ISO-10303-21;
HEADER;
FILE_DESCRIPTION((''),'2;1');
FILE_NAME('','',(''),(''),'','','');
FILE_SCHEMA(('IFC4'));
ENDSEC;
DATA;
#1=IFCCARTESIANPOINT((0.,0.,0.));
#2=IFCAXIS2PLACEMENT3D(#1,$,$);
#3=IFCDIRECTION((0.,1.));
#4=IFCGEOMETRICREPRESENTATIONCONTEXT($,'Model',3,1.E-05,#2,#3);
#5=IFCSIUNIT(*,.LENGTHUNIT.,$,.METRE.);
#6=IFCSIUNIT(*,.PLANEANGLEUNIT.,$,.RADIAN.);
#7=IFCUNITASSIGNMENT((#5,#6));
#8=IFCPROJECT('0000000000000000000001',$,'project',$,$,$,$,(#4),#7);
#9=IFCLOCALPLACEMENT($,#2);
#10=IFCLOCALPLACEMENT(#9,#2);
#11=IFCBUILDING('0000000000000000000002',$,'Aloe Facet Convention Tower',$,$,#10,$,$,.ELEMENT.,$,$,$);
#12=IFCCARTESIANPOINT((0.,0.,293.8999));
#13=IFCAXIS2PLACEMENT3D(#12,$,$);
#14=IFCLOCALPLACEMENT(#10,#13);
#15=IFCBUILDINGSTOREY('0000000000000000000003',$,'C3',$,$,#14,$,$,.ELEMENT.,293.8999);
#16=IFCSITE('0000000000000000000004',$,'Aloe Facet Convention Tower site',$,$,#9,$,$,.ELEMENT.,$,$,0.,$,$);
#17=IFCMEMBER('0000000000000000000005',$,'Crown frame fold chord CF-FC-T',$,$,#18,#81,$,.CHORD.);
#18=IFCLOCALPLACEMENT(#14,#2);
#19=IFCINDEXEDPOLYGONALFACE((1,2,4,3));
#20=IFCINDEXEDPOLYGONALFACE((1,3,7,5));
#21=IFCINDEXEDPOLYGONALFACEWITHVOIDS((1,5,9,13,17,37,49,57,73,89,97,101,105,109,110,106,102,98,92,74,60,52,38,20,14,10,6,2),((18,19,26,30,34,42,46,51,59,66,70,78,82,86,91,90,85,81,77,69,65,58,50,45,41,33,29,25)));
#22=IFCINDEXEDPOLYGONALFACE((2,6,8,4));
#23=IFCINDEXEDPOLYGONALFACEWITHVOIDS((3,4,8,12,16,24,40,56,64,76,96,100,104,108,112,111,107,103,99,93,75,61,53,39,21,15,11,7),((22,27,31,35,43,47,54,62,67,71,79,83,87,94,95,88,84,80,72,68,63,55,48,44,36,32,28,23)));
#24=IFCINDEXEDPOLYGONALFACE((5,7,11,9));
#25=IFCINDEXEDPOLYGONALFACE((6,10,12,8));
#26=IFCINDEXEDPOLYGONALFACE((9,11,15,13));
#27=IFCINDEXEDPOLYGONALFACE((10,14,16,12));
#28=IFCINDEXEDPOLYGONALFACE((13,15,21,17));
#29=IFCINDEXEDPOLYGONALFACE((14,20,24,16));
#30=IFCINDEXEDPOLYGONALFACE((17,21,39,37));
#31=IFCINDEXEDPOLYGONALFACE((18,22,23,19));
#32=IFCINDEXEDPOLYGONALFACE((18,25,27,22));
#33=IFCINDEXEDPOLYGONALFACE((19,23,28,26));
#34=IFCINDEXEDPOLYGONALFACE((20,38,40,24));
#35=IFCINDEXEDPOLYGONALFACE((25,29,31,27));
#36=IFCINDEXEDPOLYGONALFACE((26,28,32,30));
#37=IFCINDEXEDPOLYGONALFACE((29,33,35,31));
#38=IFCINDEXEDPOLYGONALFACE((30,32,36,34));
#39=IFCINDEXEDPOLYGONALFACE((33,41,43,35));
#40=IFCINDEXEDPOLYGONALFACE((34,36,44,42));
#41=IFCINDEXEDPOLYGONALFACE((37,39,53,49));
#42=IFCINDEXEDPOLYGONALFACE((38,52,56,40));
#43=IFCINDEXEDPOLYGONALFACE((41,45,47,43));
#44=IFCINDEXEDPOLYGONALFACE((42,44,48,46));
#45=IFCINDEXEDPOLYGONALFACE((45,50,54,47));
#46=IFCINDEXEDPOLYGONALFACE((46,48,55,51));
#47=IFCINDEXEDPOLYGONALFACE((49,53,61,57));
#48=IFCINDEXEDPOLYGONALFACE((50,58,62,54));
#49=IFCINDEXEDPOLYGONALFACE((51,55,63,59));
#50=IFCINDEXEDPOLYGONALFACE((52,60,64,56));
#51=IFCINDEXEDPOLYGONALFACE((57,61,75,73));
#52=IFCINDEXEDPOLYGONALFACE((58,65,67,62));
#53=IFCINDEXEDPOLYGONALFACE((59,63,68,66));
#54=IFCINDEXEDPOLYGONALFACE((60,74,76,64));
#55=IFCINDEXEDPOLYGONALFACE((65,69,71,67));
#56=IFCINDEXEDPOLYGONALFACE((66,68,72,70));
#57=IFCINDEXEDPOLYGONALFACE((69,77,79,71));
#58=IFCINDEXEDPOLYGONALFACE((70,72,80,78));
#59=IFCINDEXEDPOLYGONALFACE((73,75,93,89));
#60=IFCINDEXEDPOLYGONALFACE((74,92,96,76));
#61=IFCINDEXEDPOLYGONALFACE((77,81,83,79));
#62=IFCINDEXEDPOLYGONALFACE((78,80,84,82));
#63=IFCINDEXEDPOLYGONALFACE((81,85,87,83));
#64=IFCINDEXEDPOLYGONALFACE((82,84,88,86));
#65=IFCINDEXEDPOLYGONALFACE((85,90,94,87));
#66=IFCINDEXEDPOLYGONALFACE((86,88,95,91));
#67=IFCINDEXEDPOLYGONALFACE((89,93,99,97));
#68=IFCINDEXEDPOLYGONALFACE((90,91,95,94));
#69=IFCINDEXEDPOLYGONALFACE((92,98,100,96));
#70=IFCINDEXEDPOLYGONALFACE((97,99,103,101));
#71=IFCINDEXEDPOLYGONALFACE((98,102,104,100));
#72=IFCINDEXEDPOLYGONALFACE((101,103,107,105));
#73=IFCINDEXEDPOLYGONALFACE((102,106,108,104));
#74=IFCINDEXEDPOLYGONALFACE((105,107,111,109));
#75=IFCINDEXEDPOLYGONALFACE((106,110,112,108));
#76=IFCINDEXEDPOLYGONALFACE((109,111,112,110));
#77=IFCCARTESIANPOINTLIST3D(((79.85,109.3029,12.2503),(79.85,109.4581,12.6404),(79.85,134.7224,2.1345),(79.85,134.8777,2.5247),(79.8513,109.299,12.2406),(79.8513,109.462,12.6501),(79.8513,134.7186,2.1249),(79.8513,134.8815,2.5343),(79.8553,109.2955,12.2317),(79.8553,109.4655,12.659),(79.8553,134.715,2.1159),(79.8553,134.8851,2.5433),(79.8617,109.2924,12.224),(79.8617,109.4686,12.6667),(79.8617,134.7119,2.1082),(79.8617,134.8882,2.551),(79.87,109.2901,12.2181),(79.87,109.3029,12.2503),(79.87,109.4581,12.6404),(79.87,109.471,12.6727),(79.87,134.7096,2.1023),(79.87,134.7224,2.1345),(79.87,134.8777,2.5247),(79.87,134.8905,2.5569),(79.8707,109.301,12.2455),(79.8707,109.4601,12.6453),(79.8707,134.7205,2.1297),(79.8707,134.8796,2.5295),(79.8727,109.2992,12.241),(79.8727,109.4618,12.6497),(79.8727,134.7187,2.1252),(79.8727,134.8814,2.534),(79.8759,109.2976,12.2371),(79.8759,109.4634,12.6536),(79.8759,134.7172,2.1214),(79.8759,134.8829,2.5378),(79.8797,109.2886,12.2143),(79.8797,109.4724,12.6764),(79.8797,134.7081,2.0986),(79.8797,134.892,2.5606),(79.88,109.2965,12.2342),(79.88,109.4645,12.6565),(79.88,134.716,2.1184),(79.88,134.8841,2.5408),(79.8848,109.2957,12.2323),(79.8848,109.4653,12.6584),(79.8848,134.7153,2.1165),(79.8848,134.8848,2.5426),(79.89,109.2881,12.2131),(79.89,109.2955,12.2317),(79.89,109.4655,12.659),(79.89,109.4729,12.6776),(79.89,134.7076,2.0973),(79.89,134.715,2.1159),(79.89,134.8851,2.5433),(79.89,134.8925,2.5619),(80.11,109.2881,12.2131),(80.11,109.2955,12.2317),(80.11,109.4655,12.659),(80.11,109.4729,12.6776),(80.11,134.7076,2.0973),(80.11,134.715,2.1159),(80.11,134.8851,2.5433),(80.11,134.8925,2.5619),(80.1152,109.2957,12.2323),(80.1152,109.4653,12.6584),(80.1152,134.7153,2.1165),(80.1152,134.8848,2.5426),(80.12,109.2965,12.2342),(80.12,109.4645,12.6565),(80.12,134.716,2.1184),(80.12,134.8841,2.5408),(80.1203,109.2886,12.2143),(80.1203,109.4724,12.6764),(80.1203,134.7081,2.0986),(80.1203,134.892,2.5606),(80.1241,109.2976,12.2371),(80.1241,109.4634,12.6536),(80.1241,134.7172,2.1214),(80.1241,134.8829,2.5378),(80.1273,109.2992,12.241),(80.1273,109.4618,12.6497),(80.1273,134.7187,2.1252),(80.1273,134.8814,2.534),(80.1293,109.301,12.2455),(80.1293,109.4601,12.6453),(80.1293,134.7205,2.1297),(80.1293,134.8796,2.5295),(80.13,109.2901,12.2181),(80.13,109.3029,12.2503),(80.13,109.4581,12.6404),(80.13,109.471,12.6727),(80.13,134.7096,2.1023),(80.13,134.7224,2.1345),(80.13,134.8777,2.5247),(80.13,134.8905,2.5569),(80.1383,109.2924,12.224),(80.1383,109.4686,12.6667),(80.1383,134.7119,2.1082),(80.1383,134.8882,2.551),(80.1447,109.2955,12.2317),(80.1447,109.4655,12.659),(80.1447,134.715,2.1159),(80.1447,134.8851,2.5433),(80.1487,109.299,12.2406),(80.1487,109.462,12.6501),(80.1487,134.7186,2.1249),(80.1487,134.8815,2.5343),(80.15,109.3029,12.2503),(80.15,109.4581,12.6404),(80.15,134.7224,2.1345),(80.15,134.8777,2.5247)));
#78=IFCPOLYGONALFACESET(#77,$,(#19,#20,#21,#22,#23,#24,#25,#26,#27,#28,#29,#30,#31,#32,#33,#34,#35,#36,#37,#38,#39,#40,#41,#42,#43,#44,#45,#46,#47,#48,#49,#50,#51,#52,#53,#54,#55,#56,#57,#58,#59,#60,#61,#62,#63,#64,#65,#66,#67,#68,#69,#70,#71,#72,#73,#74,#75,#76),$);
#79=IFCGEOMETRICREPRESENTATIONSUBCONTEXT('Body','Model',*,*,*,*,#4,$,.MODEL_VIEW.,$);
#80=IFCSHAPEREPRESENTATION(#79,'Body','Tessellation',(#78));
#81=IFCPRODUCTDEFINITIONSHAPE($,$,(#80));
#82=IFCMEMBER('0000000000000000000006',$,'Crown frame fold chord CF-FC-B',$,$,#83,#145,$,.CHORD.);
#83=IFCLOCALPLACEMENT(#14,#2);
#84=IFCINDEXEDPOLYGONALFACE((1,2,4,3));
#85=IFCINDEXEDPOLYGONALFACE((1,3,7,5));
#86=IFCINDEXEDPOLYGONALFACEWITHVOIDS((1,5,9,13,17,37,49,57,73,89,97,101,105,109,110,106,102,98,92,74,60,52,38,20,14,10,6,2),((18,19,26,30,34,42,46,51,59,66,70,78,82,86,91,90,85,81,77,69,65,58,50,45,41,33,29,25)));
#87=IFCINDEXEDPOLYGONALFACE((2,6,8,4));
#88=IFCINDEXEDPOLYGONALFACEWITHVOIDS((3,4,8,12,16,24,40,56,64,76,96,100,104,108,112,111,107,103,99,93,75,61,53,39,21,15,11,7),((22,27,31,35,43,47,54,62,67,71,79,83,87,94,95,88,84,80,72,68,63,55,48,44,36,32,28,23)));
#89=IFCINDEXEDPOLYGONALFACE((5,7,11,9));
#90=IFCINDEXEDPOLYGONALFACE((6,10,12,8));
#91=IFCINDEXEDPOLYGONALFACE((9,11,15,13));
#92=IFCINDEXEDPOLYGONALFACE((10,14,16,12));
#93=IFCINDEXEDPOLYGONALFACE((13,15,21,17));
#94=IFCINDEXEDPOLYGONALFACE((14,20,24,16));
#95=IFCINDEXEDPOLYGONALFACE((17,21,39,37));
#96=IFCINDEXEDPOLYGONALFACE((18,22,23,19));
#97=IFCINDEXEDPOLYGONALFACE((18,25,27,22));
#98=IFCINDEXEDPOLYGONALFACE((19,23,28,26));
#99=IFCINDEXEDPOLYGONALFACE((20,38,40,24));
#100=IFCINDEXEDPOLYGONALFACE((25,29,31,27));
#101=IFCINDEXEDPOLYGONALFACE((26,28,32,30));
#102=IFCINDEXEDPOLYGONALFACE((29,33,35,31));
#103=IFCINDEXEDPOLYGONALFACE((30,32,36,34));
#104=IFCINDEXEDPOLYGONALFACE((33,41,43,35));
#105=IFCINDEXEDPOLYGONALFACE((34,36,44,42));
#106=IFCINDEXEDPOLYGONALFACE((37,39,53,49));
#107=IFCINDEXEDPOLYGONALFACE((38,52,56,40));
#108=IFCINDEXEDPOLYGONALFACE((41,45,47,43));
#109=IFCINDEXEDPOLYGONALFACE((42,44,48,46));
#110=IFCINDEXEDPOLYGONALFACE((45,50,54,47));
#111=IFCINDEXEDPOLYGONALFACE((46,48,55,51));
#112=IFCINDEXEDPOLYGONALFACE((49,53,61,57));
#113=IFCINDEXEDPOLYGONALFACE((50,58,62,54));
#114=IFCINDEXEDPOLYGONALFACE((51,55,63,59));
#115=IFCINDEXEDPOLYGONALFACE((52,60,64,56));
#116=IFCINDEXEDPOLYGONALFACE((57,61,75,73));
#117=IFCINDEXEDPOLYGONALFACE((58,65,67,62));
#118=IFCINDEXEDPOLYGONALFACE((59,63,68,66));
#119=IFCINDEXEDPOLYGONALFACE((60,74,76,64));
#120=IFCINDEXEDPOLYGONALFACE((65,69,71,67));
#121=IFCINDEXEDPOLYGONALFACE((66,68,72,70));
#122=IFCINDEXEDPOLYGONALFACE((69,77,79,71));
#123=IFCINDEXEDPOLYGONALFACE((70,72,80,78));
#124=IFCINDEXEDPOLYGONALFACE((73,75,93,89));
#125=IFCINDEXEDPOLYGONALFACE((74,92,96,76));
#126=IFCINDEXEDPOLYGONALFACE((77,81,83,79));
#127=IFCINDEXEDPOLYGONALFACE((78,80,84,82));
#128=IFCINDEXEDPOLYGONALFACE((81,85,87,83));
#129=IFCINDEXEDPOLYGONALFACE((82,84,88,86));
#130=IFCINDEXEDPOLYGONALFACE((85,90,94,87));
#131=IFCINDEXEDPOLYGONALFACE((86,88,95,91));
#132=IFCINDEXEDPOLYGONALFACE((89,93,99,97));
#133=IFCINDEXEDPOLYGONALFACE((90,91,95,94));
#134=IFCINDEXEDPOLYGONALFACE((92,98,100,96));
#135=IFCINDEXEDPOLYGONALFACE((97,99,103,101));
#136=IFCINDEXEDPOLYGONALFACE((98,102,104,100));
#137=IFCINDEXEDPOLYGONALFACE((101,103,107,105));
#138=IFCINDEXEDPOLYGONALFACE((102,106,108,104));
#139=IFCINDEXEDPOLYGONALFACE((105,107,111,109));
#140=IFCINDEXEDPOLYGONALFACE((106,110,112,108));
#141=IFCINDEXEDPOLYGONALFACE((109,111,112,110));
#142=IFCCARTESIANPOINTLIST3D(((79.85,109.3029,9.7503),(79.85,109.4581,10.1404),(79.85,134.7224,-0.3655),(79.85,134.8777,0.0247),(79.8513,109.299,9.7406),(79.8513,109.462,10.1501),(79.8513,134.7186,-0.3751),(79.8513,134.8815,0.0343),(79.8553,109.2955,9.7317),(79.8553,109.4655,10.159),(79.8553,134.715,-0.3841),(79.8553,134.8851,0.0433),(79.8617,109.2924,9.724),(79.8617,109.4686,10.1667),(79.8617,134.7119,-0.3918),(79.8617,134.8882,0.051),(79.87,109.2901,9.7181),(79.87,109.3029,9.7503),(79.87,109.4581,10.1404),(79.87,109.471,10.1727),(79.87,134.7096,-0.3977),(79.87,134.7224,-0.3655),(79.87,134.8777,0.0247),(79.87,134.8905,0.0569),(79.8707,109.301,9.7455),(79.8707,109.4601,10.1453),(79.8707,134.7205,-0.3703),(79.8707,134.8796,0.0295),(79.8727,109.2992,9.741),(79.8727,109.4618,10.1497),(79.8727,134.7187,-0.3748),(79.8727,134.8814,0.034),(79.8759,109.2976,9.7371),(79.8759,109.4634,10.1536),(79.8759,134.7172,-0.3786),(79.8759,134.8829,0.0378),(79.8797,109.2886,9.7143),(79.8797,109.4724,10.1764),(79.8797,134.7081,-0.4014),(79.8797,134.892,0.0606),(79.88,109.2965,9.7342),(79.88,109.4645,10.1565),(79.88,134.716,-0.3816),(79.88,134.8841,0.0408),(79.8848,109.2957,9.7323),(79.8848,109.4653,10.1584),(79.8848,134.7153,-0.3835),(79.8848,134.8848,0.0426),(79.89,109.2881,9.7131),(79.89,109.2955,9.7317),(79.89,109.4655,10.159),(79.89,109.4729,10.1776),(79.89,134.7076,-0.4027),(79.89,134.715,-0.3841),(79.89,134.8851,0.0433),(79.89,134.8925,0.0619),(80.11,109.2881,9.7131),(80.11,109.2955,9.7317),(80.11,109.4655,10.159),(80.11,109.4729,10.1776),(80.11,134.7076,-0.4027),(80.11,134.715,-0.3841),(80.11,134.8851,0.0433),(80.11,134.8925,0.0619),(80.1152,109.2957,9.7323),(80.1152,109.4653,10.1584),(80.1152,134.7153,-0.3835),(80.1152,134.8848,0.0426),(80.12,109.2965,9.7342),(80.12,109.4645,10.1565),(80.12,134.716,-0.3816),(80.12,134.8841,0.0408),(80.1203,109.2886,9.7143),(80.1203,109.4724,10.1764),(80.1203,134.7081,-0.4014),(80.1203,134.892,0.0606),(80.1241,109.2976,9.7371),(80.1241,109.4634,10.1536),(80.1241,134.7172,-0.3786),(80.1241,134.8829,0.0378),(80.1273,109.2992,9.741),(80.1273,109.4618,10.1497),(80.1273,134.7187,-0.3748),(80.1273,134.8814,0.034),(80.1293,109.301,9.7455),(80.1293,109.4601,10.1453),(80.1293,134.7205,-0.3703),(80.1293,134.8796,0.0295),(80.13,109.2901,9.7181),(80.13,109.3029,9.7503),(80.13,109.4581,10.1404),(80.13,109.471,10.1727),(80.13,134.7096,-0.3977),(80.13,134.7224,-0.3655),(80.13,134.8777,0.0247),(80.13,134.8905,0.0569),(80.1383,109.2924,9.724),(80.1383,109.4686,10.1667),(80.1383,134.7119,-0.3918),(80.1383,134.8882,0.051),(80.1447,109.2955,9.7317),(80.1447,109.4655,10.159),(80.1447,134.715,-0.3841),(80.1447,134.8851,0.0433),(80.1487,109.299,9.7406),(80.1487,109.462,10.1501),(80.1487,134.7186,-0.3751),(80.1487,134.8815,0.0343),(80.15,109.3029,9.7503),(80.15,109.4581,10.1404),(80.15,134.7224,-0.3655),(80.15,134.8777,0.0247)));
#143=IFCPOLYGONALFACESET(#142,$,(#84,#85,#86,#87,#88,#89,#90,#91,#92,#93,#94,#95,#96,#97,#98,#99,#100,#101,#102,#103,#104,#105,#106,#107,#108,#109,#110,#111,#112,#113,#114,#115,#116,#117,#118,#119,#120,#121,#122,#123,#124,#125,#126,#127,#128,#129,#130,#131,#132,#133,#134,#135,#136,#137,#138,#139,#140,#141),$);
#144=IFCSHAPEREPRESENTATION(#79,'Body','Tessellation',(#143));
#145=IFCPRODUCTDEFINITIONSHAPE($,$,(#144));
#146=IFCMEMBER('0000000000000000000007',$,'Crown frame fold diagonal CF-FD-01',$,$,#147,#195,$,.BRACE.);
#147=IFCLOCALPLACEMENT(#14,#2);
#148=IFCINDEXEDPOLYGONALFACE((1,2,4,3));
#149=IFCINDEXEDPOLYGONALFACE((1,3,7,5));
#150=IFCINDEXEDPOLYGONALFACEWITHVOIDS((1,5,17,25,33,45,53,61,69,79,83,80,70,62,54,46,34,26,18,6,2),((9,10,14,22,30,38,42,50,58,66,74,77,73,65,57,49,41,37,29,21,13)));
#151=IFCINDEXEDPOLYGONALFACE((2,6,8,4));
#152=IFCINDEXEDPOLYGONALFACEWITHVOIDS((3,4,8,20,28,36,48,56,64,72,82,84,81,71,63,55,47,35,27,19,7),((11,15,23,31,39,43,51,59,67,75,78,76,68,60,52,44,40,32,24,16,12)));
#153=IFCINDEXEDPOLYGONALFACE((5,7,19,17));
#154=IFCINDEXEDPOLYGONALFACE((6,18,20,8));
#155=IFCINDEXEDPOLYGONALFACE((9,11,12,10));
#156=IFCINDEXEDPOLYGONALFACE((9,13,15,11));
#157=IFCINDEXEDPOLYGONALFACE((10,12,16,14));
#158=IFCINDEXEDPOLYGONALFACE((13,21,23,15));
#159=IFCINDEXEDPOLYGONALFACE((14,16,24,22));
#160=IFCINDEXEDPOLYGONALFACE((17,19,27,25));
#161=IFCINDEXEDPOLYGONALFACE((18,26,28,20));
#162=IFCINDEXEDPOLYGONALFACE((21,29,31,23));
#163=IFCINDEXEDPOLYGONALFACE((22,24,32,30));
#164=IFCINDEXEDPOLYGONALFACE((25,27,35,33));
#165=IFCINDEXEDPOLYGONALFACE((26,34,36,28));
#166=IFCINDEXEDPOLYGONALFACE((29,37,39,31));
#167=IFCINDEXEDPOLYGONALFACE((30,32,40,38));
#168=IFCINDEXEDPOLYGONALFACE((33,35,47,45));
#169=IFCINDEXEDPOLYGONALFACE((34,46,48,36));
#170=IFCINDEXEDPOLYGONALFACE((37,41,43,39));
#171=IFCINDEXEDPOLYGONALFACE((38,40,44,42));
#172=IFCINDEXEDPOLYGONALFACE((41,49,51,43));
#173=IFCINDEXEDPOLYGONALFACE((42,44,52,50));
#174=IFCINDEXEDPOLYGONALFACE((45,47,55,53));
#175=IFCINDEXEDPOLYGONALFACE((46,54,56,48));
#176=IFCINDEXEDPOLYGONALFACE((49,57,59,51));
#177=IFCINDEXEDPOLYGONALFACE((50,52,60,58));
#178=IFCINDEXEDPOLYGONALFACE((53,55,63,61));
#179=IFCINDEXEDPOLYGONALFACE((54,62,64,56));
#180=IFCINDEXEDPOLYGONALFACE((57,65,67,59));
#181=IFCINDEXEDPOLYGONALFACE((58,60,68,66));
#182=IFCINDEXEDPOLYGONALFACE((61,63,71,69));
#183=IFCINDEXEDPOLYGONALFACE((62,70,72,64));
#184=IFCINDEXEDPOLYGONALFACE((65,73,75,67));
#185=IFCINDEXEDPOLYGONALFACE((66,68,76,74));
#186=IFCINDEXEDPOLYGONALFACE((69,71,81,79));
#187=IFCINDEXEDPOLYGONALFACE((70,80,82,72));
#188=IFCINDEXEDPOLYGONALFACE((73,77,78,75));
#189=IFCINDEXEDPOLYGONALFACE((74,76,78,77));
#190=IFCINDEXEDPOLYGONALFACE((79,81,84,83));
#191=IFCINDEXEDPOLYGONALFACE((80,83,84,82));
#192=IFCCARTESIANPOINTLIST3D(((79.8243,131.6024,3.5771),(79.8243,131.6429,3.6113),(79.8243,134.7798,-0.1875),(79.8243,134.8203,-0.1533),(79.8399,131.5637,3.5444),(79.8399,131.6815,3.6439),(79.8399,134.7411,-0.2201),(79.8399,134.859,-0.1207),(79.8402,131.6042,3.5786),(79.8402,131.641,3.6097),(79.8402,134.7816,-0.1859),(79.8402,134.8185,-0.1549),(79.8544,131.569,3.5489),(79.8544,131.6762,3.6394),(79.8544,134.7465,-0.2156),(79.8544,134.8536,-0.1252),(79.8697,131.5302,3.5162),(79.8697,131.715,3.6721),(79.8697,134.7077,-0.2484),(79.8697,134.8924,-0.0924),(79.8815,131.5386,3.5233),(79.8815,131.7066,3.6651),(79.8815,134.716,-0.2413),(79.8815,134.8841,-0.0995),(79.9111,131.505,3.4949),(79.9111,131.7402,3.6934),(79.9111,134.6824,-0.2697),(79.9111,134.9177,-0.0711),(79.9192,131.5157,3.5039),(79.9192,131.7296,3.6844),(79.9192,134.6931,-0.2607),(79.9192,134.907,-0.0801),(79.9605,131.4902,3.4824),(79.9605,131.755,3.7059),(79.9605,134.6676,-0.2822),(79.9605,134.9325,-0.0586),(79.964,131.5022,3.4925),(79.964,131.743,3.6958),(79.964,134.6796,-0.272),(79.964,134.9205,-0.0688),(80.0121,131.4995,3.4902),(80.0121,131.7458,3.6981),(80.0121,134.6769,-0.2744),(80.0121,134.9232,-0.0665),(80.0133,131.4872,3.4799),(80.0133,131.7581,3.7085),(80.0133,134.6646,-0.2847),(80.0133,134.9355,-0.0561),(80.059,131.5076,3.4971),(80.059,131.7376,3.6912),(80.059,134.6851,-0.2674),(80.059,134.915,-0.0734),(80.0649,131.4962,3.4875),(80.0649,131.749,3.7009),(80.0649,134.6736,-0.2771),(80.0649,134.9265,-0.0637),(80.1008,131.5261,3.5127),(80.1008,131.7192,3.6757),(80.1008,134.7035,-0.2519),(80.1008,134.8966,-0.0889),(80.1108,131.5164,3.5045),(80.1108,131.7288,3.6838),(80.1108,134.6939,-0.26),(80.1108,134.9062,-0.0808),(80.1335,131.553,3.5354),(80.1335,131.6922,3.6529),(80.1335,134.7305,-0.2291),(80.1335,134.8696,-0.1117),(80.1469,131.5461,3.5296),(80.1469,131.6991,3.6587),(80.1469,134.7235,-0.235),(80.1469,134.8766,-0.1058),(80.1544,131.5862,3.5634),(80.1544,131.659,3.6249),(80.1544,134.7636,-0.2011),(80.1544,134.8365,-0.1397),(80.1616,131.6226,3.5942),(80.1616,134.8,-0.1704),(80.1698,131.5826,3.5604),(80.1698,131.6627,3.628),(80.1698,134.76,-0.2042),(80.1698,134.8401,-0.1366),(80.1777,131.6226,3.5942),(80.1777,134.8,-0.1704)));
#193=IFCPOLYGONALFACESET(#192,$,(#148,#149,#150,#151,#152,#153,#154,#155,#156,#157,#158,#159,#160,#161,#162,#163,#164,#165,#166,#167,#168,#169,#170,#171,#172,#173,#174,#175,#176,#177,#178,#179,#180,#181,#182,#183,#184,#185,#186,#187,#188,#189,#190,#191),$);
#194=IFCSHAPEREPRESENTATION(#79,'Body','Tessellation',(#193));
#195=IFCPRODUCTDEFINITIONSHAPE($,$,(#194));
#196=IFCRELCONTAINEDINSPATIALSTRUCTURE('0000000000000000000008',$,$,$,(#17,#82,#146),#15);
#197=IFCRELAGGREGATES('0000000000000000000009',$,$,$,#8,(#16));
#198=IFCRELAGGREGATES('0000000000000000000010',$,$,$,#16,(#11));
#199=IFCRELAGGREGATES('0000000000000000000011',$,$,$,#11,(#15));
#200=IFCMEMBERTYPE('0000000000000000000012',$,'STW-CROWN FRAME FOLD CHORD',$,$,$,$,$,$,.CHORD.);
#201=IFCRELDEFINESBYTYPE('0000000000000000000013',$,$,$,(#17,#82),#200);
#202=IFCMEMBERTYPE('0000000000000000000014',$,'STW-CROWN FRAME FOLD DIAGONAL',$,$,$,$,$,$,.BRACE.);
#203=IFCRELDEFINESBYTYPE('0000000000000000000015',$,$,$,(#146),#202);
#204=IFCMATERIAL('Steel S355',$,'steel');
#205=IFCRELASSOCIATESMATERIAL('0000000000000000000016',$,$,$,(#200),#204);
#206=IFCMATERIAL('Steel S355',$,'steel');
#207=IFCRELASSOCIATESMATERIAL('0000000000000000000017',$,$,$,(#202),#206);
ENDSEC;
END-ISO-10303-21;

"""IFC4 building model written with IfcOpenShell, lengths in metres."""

from ifc_helpers import new_model, si_unit, direction, frame, origin, origin_2d, place, context, subcontext, project, spatial, hollow_rectangle, hollow_circle, extrude, material, material_profile, profile_set, type_object, element, save


model = new_model("IFC4")

# Units and contexts
model_context = context("Model", 3, precision=1e-05, world=origin(), true_north=direction((0.0, 1.0)))
body_context = subcontext(model_context, "Body", "Model", "MODEL_VIEW")
ifc_project = project(units=[si_unit("LENGTHUNIT", "METRE"), si_unit("PLANEANGLEUNIT", "RADIAN")], contexts=[model_context])

# Site, building, storey
site_placement = place(None, origin())
site = spatial("IfcSite", under=ifc_project, at=site_placement, Name="Aloe Facet Convention Tower site", CompositionType="ELEMENT", RefElevation=0.0)
building_placement = place(site_placement, origin())
building = spatial("IfcBuilding", under=site, at=building_placement, Name="Aloe Facet Convention Tower", CompositionType="ELEMENT")
storey_placement = place(building_placement, frame((0.0, 0.0, 293.8999)))
storey = spatial("IfcBuildingStorey", under=building, at=storey_placement, Name="C3", CompositionType="ELEMENT", Elevation=293.8999)

# Members
ifc_material_1 = material(Name="Steel S355", Category="steel")
ifc_material_profile_1 = material_profile(ifc_material_1, hollow_rectangle(XDim=0.3, YDim=0.5, WallThickness=0.02, InnerFilletRadius=0.02, OuterFilletRadius=0.04, at=origin_2d()), Name="RHS 500x300x20")
ifc_profile_set_1 = profile_set([ifc_material_profile_1], Name="Steel S355")
member_type_1 = type_object("IfcMemberType", Name="STW-CROWN FRAME FOLD CHORD", PredefinedType="CHORD", material=ifc_profile_set_1)
for number, where, z_axis, x_axis, name in (
    (1, (80.0, 134.8, 2.3296), (0.0, -0.929131, 0.36975), (1.0, 0.0, 0.0), "Crown frame fold chord CF-FC-T"),
    (2, (80.0, 134.8, -0.1704), (0.0, -0.929131, 0.36975), (1.0, 0.0, 0.0), "Crown frame fold chord CF-FC-B"),
):
    element("IfcMember", number, at=place(storey_placement, frame(where, z_axis=z_axis, x_axis=x_axis)), inside=storey, type_object=member_type_1, Name=name, PredefinedType="CHORD", context=body_context, shape_type="SweptSolid", body=[
        extrude(hollow_rectangle(XDim=0.3, YDim=0.5, WallThickness=0.02, InnerFilletRadius=0.02, OuterFilletRadius=0.04, at=origin_2d()), origin(), (0.0, 0.0, 1.0), 27.3584),
    ])
ifc_material_2 = material(Name="Steel S355", Category="steel")
ifc_material_profile_2 = material_profile(ifc_material_2, hollow_circle(Radius=0.1777, WallThickness=0.0161, at=origin_2d()), Name="CHS 355.6x16")
ifc_profile_set_2 = profile_set([ifc_material_profile_2], Name="Steel S355")
member_type_2 = type_object("IfcMemberType", Name="STW-CROWN FRAME FOLD DIAGONAL", PredefinedType="BRACE", material=ifc_profile_set_2)
member_1_placement = place(storey_placement, frame((80.0, 134.8, -0.1704), z_axis=(0.0, -0.644998, 0.764185), x_axis=(1.0, 0.0, 0.0)))
element("IfcMember", 3, at=member_1_placement, inside=storey, type_object=member_type_2, Name="Crown frame fold diagonal CF-FD-01", PredefinedType="BRACE", context=body_context, shape_type="SweptSolid", body=[
    extrude(hollow_circle(Radius=0.1777, WallThickness=0.0161, at=origin_2d()), origin(), (0.0, 0.0, 1.0), 4.9263),
])

save(model, "model.ifc")
